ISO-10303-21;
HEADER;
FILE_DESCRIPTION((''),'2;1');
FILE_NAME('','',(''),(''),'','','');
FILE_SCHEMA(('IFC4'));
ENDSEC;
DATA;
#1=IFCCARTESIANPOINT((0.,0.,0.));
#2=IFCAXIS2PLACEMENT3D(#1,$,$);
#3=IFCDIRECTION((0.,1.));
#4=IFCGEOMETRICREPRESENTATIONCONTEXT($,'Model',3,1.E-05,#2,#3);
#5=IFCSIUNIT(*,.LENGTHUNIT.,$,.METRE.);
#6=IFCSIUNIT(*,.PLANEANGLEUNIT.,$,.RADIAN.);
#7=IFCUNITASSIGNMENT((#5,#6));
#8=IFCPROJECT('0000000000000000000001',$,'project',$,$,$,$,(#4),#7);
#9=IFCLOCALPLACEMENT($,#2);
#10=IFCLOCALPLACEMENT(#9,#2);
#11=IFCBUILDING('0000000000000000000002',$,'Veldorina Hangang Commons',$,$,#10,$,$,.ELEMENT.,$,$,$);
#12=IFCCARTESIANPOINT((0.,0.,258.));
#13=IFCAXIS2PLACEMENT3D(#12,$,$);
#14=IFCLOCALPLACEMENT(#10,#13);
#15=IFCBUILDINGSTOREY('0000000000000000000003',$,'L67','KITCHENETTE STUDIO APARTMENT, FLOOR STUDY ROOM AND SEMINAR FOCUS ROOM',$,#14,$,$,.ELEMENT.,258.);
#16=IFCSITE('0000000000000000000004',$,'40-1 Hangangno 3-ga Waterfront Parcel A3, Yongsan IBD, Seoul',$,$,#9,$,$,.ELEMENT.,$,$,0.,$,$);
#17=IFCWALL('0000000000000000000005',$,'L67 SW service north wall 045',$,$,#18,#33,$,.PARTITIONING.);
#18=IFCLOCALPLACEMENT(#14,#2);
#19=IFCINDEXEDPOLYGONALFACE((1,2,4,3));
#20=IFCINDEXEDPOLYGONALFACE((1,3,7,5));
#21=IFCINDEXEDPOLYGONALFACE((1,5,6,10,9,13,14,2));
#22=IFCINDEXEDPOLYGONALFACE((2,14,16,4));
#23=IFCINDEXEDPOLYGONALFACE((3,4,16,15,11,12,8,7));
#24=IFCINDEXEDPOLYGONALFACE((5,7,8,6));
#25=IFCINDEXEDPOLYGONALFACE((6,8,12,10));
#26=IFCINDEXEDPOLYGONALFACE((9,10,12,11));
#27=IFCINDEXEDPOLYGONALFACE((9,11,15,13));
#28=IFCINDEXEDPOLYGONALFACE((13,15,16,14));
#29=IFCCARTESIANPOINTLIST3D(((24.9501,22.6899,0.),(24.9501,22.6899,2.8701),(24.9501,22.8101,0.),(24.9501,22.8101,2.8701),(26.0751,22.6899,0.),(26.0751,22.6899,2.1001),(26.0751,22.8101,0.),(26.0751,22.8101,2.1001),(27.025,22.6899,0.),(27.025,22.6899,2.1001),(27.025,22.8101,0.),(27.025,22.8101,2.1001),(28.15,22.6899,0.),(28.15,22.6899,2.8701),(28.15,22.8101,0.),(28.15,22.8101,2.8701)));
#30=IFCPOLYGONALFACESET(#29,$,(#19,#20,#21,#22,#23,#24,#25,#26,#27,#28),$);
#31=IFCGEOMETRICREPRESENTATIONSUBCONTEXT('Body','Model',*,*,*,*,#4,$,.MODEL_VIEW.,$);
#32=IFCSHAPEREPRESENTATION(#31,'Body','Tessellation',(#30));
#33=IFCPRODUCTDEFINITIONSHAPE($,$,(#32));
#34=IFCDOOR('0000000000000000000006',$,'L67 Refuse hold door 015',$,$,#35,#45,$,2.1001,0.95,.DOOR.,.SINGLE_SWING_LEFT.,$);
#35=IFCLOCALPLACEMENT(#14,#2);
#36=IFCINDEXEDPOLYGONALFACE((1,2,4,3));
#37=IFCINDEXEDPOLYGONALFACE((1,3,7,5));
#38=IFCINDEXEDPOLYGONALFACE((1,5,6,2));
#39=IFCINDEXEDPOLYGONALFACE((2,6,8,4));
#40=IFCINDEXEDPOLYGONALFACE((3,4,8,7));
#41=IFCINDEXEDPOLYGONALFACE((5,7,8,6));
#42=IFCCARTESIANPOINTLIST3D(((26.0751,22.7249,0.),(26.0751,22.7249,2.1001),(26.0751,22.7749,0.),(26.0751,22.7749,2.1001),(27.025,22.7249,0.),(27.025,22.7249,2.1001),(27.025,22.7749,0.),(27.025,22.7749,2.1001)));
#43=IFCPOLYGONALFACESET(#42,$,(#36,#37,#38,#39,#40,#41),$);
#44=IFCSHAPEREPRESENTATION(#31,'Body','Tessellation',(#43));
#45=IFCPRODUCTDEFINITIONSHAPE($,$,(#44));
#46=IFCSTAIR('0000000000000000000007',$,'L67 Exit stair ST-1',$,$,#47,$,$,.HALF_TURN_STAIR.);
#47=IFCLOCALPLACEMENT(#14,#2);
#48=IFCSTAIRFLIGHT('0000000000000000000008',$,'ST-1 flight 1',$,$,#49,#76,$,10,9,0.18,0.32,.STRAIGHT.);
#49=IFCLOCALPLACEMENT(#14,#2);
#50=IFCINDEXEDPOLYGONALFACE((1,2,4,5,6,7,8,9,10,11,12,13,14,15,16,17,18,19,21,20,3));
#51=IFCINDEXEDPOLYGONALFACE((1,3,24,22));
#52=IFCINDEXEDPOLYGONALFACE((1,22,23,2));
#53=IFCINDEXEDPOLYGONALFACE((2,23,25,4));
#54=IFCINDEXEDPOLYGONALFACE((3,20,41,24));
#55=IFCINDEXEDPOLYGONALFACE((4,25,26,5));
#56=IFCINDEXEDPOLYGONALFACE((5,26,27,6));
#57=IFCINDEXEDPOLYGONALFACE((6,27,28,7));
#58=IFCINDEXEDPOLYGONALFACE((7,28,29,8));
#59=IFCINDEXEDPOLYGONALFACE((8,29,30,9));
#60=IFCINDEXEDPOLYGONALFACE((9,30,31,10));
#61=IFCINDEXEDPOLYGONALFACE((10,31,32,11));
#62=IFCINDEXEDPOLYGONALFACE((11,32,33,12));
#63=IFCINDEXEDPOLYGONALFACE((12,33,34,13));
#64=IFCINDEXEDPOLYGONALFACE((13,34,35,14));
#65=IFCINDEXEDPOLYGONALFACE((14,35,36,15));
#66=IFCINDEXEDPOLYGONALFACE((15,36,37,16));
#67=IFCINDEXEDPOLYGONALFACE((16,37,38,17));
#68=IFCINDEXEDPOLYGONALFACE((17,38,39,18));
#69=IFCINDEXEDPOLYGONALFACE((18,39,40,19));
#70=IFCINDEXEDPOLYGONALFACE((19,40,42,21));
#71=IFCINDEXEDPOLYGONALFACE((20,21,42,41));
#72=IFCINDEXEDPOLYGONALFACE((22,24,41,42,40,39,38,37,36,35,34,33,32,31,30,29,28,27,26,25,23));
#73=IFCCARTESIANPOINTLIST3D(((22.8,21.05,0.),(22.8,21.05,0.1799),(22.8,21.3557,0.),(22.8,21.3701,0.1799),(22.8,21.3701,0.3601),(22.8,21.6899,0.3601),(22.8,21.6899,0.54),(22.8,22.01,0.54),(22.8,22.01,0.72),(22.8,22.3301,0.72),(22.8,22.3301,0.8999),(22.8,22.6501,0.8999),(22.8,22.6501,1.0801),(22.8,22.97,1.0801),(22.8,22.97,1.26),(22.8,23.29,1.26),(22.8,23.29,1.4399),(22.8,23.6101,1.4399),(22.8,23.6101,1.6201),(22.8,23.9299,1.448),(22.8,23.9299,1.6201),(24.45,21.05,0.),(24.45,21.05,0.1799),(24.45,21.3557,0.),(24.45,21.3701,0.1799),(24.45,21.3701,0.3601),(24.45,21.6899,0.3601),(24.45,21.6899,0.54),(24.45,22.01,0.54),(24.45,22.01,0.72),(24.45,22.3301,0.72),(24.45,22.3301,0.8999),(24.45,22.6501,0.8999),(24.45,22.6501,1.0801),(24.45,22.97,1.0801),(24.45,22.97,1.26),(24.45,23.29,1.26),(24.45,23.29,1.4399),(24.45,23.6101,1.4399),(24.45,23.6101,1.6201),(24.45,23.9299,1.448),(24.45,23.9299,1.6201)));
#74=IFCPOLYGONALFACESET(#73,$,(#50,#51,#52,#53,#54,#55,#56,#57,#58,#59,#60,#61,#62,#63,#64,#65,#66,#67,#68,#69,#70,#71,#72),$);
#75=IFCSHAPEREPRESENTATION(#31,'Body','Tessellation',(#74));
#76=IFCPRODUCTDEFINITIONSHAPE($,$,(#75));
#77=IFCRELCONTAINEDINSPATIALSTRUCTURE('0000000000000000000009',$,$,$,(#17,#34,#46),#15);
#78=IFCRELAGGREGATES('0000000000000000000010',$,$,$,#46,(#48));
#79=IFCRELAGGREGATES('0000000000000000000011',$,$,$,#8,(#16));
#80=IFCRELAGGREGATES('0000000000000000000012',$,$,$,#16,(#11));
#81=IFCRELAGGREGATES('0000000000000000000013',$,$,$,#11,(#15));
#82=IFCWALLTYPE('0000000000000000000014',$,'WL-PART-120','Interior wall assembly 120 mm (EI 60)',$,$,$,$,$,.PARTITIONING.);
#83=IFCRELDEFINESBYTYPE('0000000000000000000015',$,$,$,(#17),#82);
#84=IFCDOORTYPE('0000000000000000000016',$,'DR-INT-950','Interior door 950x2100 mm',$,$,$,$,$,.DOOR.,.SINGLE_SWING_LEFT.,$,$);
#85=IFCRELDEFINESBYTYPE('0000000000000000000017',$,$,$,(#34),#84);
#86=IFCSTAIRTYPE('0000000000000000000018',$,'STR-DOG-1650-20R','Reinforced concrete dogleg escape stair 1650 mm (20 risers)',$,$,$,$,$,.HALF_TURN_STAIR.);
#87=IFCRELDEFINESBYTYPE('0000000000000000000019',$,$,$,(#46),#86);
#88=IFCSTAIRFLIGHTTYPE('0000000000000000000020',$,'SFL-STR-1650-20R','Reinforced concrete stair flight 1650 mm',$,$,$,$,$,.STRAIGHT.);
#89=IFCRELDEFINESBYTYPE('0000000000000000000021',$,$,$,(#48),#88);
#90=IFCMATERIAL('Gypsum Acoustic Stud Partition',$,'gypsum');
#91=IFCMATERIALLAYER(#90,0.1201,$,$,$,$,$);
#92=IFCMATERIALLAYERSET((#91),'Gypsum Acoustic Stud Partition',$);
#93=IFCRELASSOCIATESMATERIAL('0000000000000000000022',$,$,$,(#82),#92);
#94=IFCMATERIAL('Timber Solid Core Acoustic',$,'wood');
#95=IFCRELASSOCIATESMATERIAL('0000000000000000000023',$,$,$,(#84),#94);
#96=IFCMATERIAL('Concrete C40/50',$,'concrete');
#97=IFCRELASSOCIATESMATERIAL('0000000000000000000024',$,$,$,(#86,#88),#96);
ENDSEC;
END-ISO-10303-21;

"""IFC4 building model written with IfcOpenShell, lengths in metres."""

from ifc_helpers import new_model, si_unit, direction, frame, frame_2d, origin, place, context, subcontext, project, spatial, polyline, rectangle, outline, extrude, material, layer, layer_set, type_object, element, fill, aggregate, save


model = new_model("IFC4")

# Units and contexts
model_context = context("Model", 3, precision=1e-05, world=origin(), true_north=direction((0.0, 1.0)))
body_context = subcontext(model_context, "Body", "Model", "MODEL_VIEW")
ifc_project = project(units=[si_unit("LENGTHUNIT", "METRE"), si_unit("PLANEANGLEUNIT", "RADIAN")], contexts=[model_context])

# Site, building, storey
site_placement = place(None, origin())
site = spatial("IfcSite", under=ifc_project, at=site_placement, Name="40-1 Hangangno 3-ga Waterfront Parcel A3, Yongsan IBD, Seoul", CompositionType="ELEMENT", RefElevation=0.0)
building_placement = place(site_placement, origin())
building = spatial("IfcBuilding", under=site, at=building_placement, Name="Veldorina Hangang Commons", CompositionType="ELEMENT")
storey_placement = place(building_placement, frame((0.0, 0.0, 258.0)))
storey = spatial("IfcBuildingStorey", under=building, at=storey_placement, Name="L67", Description="KITCHENETTE STUDIO APARTMENT, FLOOR STUDY ROOM AND SEMINAR FOCUS ROOM", CompositionType="ELEMENT", Elevation=258.0)

# Shared definitions
ifc_material_1 = material(Name="Gypsum Acoustic Stud Partition", Category="gypsum")
ifc_layer_1 = layer(ifc_material_1, 0.1201)
ifc_layer_set_1 = layer_set([ifc_layer_1], Name="Gypsum Acoustic Stud Partition")
wall_type_1 = type_object("IfcWallType", Name="WL-PART-120", Description="Interior wall assembly 120 mm (EI 60)", PredefinedType="PARTITIONING", material=ifc_layer_set_1)
ifc_material_2 = material(Name="Timber Solid Core Acoustic", Category="wood")
door_type_1 = type_object("IfcDoorType", Name="DR-INT-950", Description="Interior door 950x2100 mm", OperationType="SINGLE_SWING_LEFT", PredefinedType="DOOR", material=ifc_material_2)

# Wall, opening, door
wall_1_placement = place(storey_placement, frame((24.95, 22.75, 0.0), z_axis=(0.0, 0.0, 1.0), x_axis=(1.0, 0.0, 0.0)))
wall_1 = element("IfcWall", 1, at=wall_1_placement, inside=storey, type_object=wall_type_1, Name="L67 SW service north wall 045", PredefinedType="PARTITIONING", context=body_context, shape_type="SweptSolid", body=[
    extrude(rectangle(XDim=3.2, YDim=0.1201, at=frame_2d((1.6001, 0.0))), origin(), (0.0, 0.0, 1.0), 2.8701),
])
opening_1_placement = place(wall_1_placement, frame((1.125, 0.0, 0.0)))
opening_1 = element("IfcOpeningElement", 2, at=opening_1_placement, cuts=wall_1, PredefinedType="OPENING", context=body_context, shape_type="SweptSolid", body=[
    extrude(rectangle(XDim=0.95, YDim=2.1001, at=frame_2d((0.4751, 1.05))), frame((0.0, 0.0701, 0.0), z_axis=(0.0, -1.0, 0.0), x_axis=(1.0, 0.0, 0.0)), (0.0, 0.0, 1.0), 0.1401),
])
door_1_placement = place(opening_1_placement, origin())
door_1 = element("IfcDoor", 3, at=door_1_placement, inside=storey, type_object=door_type_1, Name="L67 Refuse hold door 015", OperationType="SINGLE_SWING_LEFT", OverallHeight=2.1001, OverallWidth=0.95, PredefinedType="DOOR", context=body_context, shape_type="SweptSolid", body=[
    extrude(rectangle(XDim=0.95, YDim=2.1001, at=frame_2d((0.4751, 1.05))), frame((0.0, 0.0249, 0.0), z_axis=(0.0, -1.0, 0.0), x_axis=(1.0, 0.0, 0.0)), (0.0, 0.0, 1.0), 0.05),
])
fill(opening_1, door_1)

# Stair, stair flight
ifc_material_3 = material(Name="Concrete C40/50", Category="concrete")
stair_type = type_object("IfcStairType", Name="STR-DOG-1650-20R", Description="Reinforced concrete dogleg escape stair 1650 mm (20 risers)", PredefinedType="HALF_TURN_STAIR", material=ifc_material_3)
stair_placement = place(storey_placement, origin())
stair = element("IfcStair", 4, at=stair_placement, inside=storey, type_object=stair_type, Name="L67 Exit stair ST-1", PredefinedType="HALF_TURN_STAIR")
stair_flight_type = type_object("IfcStairFlightType", Name="SFL-STR-1650-20R", Description="Reinforced concrete stair flight 1650 mm", PredefinedType="STRAIGHT", material=ifc_material_3)
stair_flight_placement = place(storey_placement, frame((23.625, 21.05, 0.0), z_axis=(0.0, 0.0, 1.0), x_axis=(0.0, 1.0, 0.0)))
stair_flight = element("IfcStairFlight", 5, at=stair_flight_placement, type_object=stair_flight_type, Name="ST-1 flight 1", NumberOfRisers=10, NumberOfTreads=9, PredefinedType="STRAIGHT", RiserHeight=0.18, TreadLength=0.32, context=body_context, shape_type="SweptSolid", body=[
    extrude(outline(polyline([(0.0, 0.0), (0.0, 0.1799), (0.3201, 0.1799), (0.3201, 0.3601), (0.6399, 0.3601), (0.6399, 0.54), (0.96, 0.54), (0.96, 0.72), (1.28, 0.72), (1.28, 0.8999), (1.6001, 0.8999), (1.6001, 1.0801), (1.9199, 1.0801), (1.9199, 1.26), (2.24, 1.26), (2.24, 1.4399), (2.5601, 1.4399), (2.5601, 1.6201), (2.8799, 1.6201), (2.8799, 1.8), (2.8799, 1.448), (0.3057, 0.0), (0.0, 0.0)])), frame((0.0, 0.825, 0.0), z_axis=(0.0, -1.0, 0.0), x_axis=(1.0, 0.0, 0.0)), (0.0, 0.0, 1.0), 1.6499),
])
aggregate(stair, [stair_flight])

save(model, "model.ifc")
